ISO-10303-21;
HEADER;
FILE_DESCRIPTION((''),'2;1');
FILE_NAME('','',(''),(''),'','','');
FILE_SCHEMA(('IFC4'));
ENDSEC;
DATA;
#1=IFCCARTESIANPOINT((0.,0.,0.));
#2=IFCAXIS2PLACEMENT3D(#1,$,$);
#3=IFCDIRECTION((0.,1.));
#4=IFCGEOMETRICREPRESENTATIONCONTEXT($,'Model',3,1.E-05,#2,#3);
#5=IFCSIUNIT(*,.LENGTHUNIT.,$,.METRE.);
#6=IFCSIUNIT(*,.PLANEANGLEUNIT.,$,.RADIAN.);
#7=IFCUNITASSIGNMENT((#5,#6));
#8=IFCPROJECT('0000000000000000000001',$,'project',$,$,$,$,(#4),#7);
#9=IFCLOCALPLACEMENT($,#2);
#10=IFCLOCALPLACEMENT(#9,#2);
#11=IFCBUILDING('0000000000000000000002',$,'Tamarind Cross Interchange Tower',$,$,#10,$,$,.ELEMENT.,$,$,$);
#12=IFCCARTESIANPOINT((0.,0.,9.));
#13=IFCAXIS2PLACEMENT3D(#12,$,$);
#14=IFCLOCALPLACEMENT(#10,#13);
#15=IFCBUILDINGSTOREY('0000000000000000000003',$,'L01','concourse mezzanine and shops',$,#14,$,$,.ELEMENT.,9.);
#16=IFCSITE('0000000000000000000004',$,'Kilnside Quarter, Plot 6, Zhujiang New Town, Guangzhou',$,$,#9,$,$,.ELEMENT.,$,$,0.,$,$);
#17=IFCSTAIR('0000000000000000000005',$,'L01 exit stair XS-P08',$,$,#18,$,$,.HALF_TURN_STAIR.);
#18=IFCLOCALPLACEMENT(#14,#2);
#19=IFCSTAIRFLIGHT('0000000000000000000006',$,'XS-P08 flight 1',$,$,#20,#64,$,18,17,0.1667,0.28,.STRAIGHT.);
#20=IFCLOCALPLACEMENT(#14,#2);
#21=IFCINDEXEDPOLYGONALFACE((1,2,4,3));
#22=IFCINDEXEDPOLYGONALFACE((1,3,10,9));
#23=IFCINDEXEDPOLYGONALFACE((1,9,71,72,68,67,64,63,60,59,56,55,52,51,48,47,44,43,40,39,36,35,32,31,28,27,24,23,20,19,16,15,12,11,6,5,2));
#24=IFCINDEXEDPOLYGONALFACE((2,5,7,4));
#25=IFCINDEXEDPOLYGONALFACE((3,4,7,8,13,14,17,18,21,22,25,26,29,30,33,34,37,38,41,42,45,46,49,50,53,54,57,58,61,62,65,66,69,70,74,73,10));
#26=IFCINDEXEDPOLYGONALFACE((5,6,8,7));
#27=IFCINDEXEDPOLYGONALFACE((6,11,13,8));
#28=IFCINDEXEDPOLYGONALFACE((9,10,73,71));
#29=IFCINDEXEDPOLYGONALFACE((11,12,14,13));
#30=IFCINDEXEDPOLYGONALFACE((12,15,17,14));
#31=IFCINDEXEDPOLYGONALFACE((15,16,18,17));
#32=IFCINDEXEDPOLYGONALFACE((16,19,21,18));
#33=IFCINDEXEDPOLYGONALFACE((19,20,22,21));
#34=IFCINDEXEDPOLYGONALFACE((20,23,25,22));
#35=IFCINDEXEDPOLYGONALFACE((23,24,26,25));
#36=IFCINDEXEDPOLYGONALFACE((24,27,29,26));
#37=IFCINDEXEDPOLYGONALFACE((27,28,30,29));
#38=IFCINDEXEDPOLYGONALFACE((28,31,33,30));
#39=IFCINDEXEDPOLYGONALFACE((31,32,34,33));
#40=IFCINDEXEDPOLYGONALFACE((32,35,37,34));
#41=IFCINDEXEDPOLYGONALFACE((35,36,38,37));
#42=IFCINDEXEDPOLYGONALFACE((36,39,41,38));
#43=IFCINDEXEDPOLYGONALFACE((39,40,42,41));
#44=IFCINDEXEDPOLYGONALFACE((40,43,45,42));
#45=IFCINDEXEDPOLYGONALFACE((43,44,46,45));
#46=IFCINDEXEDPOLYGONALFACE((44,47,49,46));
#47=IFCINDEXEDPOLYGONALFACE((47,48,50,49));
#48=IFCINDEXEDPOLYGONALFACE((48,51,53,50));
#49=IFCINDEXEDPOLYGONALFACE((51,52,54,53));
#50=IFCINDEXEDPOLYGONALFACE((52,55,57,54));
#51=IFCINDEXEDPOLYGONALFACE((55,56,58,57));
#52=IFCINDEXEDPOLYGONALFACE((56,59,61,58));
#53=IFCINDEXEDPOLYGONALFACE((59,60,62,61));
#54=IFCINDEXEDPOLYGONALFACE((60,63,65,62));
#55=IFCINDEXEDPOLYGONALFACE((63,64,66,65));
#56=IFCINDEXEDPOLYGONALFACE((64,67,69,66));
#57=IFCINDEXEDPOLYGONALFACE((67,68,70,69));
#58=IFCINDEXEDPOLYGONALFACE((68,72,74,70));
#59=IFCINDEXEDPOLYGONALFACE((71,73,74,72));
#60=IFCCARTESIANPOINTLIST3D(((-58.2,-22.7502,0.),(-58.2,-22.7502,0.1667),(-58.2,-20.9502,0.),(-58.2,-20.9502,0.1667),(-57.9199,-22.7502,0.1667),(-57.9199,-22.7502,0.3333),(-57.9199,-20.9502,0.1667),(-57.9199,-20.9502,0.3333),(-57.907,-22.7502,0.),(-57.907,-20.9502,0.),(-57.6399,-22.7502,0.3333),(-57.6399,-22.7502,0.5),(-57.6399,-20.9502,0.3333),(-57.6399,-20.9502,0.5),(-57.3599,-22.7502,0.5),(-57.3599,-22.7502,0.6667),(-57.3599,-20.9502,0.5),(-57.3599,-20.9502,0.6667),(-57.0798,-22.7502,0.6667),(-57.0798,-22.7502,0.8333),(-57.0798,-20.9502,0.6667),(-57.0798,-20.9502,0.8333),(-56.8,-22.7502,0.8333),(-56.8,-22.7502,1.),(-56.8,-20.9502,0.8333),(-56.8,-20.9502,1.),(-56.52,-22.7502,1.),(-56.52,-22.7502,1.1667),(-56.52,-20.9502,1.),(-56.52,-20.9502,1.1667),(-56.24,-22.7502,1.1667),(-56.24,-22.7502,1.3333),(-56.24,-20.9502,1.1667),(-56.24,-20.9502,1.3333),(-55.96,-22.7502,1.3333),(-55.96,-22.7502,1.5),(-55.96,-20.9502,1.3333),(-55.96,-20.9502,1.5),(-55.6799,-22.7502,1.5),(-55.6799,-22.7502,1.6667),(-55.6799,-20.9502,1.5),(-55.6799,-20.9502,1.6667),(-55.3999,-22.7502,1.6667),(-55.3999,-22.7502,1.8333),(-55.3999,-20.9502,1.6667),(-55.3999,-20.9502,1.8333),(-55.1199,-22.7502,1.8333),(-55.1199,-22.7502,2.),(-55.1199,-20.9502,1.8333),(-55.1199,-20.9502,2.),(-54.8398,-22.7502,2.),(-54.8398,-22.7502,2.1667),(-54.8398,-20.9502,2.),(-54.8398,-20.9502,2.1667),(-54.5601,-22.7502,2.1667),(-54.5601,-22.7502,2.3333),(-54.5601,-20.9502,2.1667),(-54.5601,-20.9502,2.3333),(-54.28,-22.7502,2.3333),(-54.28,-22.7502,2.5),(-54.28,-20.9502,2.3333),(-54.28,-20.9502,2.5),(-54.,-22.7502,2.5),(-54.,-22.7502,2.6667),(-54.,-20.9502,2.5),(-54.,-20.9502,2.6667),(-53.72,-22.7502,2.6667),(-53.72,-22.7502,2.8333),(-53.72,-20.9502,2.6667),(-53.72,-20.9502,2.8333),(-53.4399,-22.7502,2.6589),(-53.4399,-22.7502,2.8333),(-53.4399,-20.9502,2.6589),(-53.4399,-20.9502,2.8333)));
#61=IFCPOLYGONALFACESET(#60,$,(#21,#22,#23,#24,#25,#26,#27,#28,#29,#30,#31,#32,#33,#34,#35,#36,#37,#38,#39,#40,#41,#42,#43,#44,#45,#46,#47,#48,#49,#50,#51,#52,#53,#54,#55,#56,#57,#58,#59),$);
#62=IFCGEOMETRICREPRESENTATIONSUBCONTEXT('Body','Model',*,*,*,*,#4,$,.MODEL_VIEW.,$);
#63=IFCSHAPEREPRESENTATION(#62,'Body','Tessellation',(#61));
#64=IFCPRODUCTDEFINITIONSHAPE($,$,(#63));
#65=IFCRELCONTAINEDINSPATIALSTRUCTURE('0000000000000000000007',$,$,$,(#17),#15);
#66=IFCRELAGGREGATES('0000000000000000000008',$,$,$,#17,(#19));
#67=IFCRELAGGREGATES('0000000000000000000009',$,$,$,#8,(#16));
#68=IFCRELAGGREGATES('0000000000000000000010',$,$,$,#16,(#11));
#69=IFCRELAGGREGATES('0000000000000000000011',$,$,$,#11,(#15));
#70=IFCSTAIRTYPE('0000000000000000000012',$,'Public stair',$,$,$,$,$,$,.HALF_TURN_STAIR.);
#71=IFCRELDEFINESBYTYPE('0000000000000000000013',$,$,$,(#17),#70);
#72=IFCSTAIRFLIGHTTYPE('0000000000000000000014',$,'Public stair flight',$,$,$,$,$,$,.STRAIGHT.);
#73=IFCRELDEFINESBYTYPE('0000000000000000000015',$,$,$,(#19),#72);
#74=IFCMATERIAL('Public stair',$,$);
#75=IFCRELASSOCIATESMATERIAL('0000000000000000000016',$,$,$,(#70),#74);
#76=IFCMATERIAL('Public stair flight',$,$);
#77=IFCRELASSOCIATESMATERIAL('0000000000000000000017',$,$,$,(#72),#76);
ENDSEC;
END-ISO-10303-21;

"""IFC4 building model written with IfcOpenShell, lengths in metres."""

from ifc_helpers import new_model, si_unit, direction, frame, origin, place, context, subcontext, project, spatial, polyline, outline, extrude, material, type_object, element, aggregate, save


model = new_model("IFC4")

# Units and contexts
model_context = context("Model", 3, precision=1e-05, world=origin(), true_north=direction((0.0, 1.0)))
body_context = subcontext(model_context, "Body", "Model", "MODEL_VIEW")
ifc_project = project(units=[si_unit("LENGTHUNIT", "METRE"), si_unit("PLANEANGLEUNIT", "RADIAN")], contexts=[model_context])

# Site, building, storey
site_placement = place(None, origin())
site = spatial("IfcSite", under=ifc_project, at=site_placement, Name="Kilnside Quarter, Plot 6, Zhujiang New Town, Guangzhou", CompositionType="ELEMENT", RefElevation=0.0)
building_placement = place(site_placement, origin())
building = spatial("IfcBuilding", under=site, at=building_placement, Name="Tamarind Cross Interchange Tower", CompositionType="ELEMENT")
storey_placement = place(building_placement, frame((0.0, 0.0, 9.0)))
storey = spatial("IfcBuildingStorey", under=building, at=storey_placement, Name="L01", Description="concourse mezzanine and shops", CompositionType="ELEMENT", Elevation=9.0)

# Stair, stair flight
ifc_material_1 = material(Name="Public stair")
stair_type = type_object("IfcStairType", Name="Public stair", PredefinedType="HALF_TURN_STAIR", material=ifc_material_1)
stair_placement = place(storey_placement, origin())
stair = element("IfcStair", 1, at=stair_placement, inside=storey, type_object=stair_type, Name="L01 exit stair XS-P08", PredefinedType="HALF_TURN_STAIR")
ifc_material_2 = material(Name="Public stair flight")
stair_flight_type = type_object("IfcStairFlightType", Name="Public stair flight", PredefinedType="STRAIGHT", material=ifc_material_2)
stair_flight_placement = place(storey_placement, frame((-58.2, -21.8501, 0.0), z_axis=(0.0, 0.0, 1.0), x_axis=(1.0, 0.0, 0.0)))
stair_flight = element("IfcStairFlight", 2, at=stair_flight_placement, type_object=stair_flight_type, Name="XS-P08 flight 1", NumberOfRisers=18, NumberOfTreads=17, PredefinedType="STRAIGHT", RiserHeight=0.1667, TreadLength=0.28, context=body_context, shape_type="SweptSolid", body=[
    extrude(outline(polyline([(0.0, 0.0), (0.0, 0.1667), (0.28, 0.1667), (0.28, 0.3333), (0.5601, 0.3333), (0.5601, 0.5), (0.8401, 0.5), (0.8401, 0.6667), (1.1201, 0.6667), (1.1201, 0.8333), (1.3999, 0.8333), (1.3999, 1.0), (1.6799, 1.0), (1.6799, 1.1667), (1.96, 1.1667), (1.96, 1.3333), (2.24, 1.3333), (2.24, 1.5), (2.52, 1.5), (2.52, 1.6667), (2.8, 1.6667), (2.8, 1.8333), (3.0801, 1.8333), (3.0801, 2.0), (3.3601, 2.0), (3.3601, 2.1667), (3.6399, 2.1667), (3.6399, 2.3333), (3.9199, 2.3333), (3.9199, 2.5), (4.2, 2.5), (4.2, 2.6667), (4.48, 2.6667), (4.48, 2.8333), (4.76, 2.8333), (4.76, 3.0), (4.76, 2.6589), (0.293, 0.0), (0.0, 0.0)])), frame((0.0, 0.8999, 0.0), z_axis=(0.0, -1.0, 0.0), x_axis=(1.0, 0.0, 0.0)), (0.0, 0.0, 1.0), 1.8),
])
aggregate(stair, [stair_flight])

save(model, "model.ifc")
